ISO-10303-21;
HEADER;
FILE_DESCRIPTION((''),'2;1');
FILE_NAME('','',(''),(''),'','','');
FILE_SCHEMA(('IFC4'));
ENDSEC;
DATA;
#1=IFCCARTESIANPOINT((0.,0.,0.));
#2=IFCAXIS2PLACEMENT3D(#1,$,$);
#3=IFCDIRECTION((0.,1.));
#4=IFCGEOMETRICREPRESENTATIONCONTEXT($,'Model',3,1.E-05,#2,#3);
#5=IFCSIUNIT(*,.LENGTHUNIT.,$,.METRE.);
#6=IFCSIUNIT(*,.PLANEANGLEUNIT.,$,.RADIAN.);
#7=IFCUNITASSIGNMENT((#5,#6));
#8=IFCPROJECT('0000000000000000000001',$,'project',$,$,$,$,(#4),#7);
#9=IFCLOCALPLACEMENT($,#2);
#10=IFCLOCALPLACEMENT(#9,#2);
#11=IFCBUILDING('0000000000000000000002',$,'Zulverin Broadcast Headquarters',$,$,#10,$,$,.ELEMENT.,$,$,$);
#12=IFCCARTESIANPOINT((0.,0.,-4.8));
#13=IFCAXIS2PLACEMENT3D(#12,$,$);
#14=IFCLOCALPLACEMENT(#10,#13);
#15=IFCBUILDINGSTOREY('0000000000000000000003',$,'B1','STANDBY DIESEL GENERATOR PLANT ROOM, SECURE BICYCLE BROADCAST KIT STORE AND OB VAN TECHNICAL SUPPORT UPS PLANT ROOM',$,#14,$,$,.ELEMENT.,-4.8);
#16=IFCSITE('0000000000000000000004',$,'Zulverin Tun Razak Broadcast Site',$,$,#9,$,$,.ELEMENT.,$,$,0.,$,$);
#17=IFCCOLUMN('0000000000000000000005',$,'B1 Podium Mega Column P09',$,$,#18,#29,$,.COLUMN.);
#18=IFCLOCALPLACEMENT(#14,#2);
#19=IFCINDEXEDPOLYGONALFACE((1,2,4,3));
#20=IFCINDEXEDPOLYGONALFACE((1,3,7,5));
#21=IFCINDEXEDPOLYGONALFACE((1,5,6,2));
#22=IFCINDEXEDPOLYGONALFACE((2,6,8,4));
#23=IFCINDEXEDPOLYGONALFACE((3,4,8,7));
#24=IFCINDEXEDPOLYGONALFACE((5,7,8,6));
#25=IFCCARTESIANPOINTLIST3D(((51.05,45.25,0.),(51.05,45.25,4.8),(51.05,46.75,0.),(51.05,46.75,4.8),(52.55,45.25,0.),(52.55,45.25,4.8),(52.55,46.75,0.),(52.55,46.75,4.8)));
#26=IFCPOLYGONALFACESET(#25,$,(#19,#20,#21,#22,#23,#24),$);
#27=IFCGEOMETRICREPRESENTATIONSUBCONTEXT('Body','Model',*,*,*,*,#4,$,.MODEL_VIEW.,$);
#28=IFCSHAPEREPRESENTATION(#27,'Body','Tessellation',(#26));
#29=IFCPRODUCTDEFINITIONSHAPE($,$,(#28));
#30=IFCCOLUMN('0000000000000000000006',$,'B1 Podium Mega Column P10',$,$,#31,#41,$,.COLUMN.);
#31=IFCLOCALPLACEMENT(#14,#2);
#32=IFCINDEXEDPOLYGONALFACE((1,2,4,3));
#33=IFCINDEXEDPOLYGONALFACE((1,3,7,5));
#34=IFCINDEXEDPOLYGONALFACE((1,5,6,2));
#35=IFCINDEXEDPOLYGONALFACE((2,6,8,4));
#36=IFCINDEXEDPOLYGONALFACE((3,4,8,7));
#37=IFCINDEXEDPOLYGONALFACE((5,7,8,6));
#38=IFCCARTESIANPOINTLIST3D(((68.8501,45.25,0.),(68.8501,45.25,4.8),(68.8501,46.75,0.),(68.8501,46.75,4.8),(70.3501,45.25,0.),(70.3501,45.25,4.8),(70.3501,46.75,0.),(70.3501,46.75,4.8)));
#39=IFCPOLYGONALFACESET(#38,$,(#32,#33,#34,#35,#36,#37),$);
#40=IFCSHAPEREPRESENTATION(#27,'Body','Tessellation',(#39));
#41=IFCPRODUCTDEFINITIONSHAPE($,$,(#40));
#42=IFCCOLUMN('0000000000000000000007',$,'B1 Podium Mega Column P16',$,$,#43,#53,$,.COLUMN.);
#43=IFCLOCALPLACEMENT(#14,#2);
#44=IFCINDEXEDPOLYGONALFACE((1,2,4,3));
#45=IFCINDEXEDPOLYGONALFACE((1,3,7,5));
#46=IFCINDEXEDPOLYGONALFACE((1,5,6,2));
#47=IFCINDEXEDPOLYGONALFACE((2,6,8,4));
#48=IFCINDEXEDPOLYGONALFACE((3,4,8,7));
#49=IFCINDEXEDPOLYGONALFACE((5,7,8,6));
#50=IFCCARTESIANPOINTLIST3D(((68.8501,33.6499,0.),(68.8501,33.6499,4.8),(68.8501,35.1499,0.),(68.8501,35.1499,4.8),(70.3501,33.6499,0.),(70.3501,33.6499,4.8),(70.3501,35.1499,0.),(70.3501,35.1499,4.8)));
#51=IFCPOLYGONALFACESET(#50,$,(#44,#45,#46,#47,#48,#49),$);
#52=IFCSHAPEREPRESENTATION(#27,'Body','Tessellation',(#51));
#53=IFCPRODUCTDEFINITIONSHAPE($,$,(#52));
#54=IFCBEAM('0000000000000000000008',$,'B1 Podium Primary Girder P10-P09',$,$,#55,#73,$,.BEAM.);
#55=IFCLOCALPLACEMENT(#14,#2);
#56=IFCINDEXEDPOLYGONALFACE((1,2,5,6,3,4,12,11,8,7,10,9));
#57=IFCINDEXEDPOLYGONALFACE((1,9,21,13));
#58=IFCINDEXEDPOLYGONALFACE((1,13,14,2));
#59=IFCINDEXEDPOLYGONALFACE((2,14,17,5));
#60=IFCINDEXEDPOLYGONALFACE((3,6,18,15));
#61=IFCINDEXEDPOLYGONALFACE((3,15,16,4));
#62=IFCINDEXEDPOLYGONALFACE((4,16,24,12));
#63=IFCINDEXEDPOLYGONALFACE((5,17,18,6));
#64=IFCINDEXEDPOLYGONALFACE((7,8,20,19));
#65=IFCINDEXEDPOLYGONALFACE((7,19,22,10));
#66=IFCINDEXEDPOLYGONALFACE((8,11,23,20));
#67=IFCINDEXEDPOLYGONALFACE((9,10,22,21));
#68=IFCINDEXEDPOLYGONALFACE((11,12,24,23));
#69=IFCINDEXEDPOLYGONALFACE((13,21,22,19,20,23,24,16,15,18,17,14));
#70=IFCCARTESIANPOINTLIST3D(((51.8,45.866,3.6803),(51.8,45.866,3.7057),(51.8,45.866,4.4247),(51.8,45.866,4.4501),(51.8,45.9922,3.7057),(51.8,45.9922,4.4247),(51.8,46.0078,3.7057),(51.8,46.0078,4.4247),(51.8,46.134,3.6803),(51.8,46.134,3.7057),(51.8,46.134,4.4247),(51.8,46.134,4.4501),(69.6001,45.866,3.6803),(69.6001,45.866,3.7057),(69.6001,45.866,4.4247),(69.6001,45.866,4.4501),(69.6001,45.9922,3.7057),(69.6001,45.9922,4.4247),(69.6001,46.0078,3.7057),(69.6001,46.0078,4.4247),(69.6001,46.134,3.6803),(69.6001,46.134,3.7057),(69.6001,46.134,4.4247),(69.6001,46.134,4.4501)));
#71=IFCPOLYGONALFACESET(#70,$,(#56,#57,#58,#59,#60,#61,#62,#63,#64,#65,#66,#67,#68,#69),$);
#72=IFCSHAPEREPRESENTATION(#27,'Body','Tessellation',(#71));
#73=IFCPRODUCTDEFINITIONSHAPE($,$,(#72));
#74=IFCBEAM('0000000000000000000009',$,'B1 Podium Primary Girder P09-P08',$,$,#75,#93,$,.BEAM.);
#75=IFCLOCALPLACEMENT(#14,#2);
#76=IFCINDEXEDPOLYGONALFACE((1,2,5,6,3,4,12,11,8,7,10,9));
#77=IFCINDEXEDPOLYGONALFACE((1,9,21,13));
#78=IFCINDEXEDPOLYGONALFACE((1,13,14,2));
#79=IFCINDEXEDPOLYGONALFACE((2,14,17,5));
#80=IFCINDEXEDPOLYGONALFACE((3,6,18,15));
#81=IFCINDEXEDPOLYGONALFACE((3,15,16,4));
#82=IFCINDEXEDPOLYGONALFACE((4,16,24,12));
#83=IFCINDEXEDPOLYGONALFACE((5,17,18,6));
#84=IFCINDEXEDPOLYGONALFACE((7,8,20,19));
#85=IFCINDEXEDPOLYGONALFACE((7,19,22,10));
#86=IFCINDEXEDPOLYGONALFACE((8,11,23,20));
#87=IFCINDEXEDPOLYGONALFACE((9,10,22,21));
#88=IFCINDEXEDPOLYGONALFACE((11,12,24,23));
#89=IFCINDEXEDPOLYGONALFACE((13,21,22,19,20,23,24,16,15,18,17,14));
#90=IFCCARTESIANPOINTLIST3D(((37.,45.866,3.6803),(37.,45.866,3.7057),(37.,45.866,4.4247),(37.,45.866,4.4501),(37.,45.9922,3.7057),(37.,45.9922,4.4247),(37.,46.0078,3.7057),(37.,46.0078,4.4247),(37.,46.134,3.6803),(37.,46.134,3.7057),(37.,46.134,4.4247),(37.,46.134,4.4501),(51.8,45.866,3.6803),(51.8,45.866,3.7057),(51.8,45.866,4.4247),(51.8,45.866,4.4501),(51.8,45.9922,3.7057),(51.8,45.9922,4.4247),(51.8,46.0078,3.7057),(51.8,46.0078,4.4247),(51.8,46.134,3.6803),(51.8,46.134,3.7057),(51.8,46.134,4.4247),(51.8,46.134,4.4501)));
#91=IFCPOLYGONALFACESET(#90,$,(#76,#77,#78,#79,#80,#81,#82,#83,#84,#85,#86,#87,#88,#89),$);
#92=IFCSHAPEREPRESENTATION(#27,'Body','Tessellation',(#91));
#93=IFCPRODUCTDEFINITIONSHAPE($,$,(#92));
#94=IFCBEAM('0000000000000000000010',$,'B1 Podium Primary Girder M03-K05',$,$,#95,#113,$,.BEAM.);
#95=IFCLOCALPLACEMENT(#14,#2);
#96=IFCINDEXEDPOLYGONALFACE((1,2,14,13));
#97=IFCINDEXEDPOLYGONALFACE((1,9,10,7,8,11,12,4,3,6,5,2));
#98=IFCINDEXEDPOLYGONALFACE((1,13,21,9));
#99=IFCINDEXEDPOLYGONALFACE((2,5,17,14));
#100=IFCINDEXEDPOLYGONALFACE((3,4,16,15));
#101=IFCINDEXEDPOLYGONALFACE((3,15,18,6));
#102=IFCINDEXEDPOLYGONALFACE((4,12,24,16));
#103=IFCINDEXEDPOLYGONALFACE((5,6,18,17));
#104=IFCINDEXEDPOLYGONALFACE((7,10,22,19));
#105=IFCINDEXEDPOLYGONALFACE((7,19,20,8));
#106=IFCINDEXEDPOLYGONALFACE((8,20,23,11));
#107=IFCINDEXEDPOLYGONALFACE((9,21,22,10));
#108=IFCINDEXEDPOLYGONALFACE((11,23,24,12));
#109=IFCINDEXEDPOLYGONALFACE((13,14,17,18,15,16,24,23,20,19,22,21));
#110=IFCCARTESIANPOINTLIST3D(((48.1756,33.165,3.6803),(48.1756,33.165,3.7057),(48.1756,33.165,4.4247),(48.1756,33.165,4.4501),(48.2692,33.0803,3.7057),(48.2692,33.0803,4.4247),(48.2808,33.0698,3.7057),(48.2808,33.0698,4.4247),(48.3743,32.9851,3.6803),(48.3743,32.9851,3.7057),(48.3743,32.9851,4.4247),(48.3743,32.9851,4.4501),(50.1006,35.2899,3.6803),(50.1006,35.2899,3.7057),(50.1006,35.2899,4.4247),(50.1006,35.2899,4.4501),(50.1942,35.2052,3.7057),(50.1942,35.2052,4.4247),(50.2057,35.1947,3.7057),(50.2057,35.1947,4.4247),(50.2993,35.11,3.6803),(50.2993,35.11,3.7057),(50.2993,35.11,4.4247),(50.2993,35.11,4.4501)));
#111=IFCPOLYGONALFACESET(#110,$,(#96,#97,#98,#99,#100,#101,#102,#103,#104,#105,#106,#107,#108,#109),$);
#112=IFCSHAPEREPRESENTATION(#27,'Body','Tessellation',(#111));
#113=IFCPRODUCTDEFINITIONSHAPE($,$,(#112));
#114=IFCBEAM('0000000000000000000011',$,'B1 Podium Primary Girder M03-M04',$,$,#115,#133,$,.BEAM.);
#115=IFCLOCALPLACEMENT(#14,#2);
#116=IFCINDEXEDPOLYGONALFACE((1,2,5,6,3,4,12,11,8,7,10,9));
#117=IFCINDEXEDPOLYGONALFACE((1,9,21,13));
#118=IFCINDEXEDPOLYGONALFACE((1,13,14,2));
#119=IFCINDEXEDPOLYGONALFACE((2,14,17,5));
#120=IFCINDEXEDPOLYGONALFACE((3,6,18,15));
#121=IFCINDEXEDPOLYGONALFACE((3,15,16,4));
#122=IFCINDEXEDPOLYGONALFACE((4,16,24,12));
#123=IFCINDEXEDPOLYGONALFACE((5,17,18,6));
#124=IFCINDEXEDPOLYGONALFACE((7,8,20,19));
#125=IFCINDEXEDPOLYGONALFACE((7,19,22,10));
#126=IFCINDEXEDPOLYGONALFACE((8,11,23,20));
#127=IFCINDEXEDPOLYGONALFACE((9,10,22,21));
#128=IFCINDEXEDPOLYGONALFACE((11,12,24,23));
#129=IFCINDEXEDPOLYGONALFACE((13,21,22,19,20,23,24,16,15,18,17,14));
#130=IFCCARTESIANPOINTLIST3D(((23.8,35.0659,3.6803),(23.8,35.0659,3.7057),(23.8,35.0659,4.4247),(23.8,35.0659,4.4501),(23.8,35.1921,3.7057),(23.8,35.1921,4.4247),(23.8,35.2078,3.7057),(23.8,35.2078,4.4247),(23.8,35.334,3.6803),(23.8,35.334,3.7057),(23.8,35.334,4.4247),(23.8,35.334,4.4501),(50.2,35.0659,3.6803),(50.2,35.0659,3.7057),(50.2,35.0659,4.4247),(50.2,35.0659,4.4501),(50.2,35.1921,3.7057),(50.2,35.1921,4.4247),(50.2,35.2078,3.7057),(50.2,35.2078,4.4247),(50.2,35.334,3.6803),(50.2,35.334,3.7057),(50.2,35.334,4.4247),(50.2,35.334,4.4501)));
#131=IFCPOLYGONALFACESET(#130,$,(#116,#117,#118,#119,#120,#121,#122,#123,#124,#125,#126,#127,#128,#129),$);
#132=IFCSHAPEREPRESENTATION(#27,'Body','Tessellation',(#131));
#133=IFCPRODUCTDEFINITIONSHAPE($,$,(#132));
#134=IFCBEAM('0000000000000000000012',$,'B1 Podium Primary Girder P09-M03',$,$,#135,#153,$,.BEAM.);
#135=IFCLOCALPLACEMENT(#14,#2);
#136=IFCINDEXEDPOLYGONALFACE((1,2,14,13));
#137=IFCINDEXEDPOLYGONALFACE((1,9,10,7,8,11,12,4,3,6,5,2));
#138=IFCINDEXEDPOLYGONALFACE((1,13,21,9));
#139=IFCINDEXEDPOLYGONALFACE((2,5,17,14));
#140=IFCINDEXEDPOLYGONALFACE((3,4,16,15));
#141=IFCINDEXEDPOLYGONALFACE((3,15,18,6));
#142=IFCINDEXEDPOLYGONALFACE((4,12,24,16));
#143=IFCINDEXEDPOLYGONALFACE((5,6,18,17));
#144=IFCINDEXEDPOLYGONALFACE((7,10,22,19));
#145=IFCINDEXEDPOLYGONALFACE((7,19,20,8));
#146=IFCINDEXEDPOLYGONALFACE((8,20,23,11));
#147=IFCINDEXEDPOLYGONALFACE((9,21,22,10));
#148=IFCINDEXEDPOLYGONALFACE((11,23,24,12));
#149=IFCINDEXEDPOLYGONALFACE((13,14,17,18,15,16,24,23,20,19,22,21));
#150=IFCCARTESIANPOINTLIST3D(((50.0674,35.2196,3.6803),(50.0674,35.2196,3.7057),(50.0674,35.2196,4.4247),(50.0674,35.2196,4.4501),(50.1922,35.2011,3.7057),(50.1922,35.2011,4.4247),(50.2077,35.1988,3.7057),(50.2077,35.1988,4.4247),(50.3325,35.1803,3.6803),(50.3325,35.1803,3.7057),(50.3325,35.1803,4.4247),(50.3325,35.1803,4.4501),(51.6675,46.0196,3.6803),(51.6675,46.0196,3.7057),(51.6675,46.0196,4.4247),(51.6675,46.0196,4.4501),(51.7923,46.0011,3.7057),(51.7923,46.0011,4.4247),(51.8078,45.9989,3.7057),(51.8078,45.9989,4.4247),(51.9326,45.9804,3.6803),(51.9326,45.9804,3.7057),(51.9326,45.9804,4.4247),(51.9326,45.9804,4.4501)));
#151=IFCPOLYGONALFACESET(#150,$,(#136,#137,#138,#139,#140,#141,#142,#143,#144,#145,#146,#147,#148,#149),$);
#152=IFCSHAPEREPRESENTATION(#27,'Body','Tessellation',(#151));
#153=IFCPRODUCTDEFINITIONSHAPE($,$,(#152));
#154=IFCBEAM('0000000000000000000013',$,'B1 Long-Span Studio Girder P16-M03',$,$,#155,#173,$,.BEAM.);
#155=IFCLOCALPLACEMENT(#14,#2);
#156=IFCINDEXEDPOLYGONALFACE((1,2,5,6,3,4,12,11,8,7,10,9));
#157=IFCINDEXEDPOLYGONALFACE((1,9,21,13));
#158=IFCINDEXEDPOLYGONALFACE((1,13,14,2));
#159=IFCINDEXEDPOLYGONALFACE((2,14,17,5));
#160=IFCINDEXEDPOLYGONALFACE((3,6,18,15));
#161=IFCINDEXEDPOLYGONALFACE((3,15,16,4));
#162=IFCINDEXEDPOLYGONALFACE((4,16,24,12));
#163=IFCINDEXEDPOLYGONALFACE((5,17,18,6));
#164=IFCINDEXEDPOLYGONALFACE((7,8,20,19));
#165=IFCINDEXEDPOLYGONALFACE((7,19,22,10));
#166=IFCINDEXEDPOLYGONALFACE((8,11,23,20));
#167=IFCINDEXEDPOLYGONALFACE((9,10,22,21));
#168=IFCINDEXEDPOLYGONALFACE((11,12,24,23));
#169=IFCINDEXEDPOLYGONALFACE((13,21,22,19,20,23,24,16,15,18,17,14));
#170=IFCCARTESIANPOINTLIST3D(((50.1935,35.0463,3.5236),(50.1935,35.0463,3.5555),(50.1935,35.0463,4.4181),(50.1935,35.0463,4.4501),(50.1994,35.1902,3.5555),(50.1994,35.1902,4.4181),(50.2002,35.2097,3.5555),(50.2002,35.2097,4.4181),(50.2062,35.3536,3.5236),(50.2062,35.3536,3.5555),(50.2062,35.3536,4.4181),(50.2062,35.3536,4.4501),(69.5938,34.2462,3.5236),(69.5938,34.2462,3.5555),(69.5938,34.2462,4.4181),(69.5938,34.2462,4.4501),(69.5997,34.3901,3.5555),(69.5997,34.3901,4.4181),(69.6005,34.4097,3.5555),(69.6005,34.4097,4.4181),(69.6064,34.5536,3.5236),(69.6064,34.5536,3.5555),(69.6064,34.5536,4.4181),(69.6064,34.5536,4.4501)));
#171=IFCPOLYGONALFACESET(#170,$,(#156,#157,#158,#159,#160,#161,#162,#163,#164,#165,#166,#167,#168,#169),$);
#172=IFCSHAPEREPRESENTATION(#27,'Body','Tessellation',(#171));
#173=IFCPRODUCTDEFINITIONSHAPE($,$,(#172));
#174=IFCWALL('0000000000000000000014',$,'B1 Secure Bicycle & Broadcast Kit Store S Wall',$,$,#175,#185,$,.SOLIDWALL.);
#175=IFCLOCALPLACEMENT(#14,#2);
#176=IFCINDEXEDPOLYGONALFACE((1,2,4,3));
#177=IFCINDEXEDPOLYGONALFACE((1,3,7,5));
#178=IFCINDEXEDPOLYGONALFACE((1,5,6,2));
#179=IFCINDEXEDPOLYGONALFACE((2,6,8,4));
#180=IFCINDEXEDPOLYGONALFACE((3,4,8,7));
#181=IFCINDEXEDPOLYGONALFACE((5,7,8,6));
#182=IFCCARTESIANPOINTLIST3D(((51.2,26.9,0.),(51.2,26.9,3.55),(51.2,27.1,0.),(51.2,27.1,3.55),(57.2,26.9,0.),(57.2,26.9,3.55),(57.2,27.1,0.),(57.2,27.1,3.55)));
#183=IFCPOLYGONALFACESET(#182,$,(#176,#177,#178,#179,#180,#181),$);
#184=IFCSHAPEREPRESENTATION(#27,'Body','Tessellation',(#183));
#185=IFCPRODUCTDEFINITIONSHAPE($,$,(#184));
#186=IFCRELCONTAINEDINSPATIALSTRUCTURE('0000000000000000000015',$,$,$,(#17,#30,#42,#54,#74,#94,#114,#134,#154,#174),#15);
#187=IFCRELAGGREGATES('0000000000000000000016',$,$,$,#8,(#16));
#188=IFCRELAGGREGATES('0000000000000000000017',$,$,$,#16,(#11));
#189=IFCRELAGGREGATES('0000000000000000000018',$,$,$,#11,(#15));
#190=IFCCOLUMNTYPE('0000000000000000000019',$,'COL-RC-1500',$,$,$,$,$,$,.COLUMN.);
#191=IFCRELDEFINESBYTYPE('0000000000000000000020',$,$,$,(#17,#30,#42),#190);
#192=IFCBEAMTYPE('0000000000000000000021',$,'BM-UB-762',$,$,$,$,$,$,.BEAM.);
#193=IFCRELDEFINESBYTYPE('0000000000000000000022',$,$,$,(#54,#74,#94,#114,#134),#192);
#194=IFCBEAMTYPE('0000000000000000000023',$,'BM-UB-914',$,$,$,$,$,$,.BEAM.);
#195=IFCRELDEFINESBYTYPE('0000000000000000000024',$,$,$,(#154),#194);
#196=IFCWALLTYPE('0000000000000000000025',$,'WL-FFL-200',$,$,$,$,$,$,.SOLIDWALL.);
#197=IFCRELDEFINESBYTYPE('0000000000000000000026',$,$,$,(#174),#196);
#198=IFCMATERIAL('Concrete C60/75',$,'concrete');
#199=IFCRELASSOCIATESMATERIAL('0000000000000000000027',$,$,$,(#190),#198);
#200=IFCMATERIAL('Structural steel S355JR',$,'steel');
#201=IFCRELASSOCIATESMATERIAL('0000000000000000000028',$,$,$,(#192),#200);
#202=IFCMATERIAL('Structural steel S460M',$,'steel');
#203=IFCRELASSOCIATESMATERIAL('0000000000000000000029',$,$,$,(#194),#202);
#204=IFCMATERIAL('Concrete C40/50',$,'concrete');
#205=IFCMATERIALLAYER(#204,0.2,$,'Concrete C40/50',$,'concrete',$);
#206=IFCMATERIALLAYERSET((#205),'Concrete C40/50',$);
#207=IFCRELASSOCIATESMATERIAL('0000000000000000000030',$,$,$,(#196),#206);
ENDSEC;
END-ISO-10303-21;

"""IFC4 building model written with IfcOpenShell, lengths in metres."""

from ifc_helpers import new_model, si_unit, direction, frame, frame_2d, origin, origin_2d, place, context, subcontext, project, spatial, rectangle, i_section, extrude, material, layer, layer_set, material_profile, profile_set, type_object, element, save


model = new_model("IFC4")

# Units and contexts
model_context = context("Model", 3, precision=1e-05, world=origin(), true_north=direction((0.0, 1.0)))
body_context = subcontext(model_context, "Body", "Model", "MODEL_VIEW")
ifc_project = project(units=[si_unit("LENGTHUNIT", "METRE"), si_unit("PLANEANGLEUNIT", "RADIAN")], contexts=[model_context])

# Site, building, storey
site_placement = place(None, origin())
site = spatial("IfcSite", under=ifc_project, at=site_placement, Name="Zulverin Tun Razak Broadcast Site", CompositionType="ELEMENT", RefElevation=0.0)
building_placement = place(site_placement, origin())
building = spatial("IfcBuilding", under=site, at=building_placement, Name="Zulverin Broadcast Headquarters", CompositionType="ELEMENT")
storey_placement = place(building_placement, frame((0.0, 0.0, -4.8)))
storey = spatial("IfcBuildingStorey", under=building, at=storey_placement, Name="B1", Description="STANDBY DIESEL GENERATOR PLANT ROOM, SECURE BICYCLE BROADCAST KIT STORE AND OB VAN TECHNICAL SUPPORT UPS PLANT ROOM", CompositionType="ELEMENT", Elevation=-4.8)

# Columns
ifc_material_1 = material(Name="Concrete C60/75", Category="concrete")
ifc_material_profile_1 = material_profile(ifc_material_1, rectangle(XDim=1.5, YDim=1.5, at=origin_2d()), Name="Concrete C60/75", Category="concrete")
ifc_profile_set_1 = profile_set([ifc_material_profile_1], Name="Concrete C60/75")
column_type = type_object("IfcColumnType", Name="COL-RC-1500", PredefinedType="COLUMN", material=ifc_profile_set_1)
for number, where, z_axis, x_axis, name in (
    (1, (51.8, 46.0, 0.0), (0.0, 0.0, 1.0), (1.0, 0.0, 0.0), "B1 Podium Mega Column P09"),
    (2, (69.6001, 46.0, 0.0), (0.0, 0.0, 1.0), (1.0, 0.0, 0.0), "B1 Podium Mega Column P10"),
    (3, (69.6001, 34.3999, 0.0), (0.0, 0.0, 1.0), (1.0, 0.0, 0.0), "B1 Podium Mega Column P16"),
):
    element("IfcColumn", number, at=place(storey_placement, frame(where, z_axis=z_axis, x_axis=x_axis)), inside=storey, type_object=column_type, Name=name, PredefinedType="COLUMN", context=body_context, shape_type="SweptSolid", body=[
        extrude(rectangle(XDim=1.5, YDim=1.5, at=origin_2d()), origin(), (0.0, 0.0, 1.0), 4.8),
    ])

# Beams
ifc_material_2 = material(Name="Structural steel S355JR", Category="steel")
ifc_material_profile_2 = material_profile(ifc_material_2, i_section(OverallWidth=0.2681, OverallDepth=0.7698, WebThickness=0.0156, FlangeThickness=0.0254, at=origin_2d()), Name="Structural steel S355JR", Category="steel")
ifc_profile_set_2 = profile_set([ifc_material_profile_2], Name="Structural steel S355JR")
beam_type_1 = type_object("IfcBeamType", Name="BM-UB-762", PredefinedType="BEAM", material=ifc_profile_set_2)
beam_1_placement = place(storey_placement, frame((69.6001, 46.0, 4.0652), z_axis=(-1.0, 0.0, 0.0), x_axis=(0.0, -1.0, 0.0)))
element("IfcBeam", 4, at=beam_1_placement, inside=storey, type_object=beam_type_1, Name="B1 Podium Primary Girder P10-P09", PredefinedType="BEAM", context=body_context, shape_type="SweptSolid", body=[
    extrude(i_section(OverallWidth=0.2681, OverallDepth=0.7698, WebThickness=0.0156, FlangeThickness=0.0254, at=origin_2d()), origin(), (0.0, 0.0, 1.0), 17.8),
])
beam_2_placement = place(storey_placement, frame((51.8, 46.0, 4.0652), z_axis=(-1.0, 0.0, 0.0), x_axis=(0.0, -1.0, 0.0)))
element("IfcBeam", 5, at=beam_2_placement, inside=storey, type_object=beam_type_1, Name="B1 Podium Primary Girder P09-P08", PredefinedType="BEAM", context=body_context, shape_type="SweptSolid", body=[
    extrude(i_section(OverallWidth=0.2681, OverallDepth=0.7698, WebThickness=0.0156, FlangeThickness=0.0254, at=origin_2d()), origin(), (0.0, 0.0, 1.0), 14.8),
])
beam_3_placement = place(storey_placement, frame((50.2, 35.2, 4.0652), z_axis=(-0.671379, -0.741114, 0.0), x_axis=(0.741114, -0.671379, 0.0)))
element("IfcBeam", 6, at=beam_3_placement, inside=storey, type_object=beam_type_1, Name="B1 Podium Primary Girder M03-K05", PredefinedType="BEAM", context=body_context, shape_type="SweptSolid", body=[
    extrude(i_section(OverallWidth=0.2681, OverallDepth=0.7698, WebThickness=0.0156, FlangeThickness=0.0254, at=origin_2d()), origin(), (0.0, 0.0, 1.0), 2.8672),
])
beam_4_placement = place(storey_placement, frame((50.2, 35.2, 4.0652), z_axis=(-1.0, 0.0, 0.0), x_axis=(0.0, -1.0, 0.0)))
element("IfcBeam", 7, at=beam_4_placement, inside=storey, type_object=beam_type_1, Name="B1 Podium Primary Girder M03-M04", PredefinedType="BEAM", context=body_context, shape_type="SweptSolid", body=[
    extrude(i_section(OverallWidth=0.2681, OverallDepth=0.7698, WebThickness=0.0156, FlangeThickness=0.0254, at=origin_2d()), origin(), (0.0, 0.0, 1.0), 26.3999),
])
beam_5_placement = place(storey_placement, frame((51.8, 46.0, 4.0652), z_axis=(-0.146557, -0.989202, 0.0), x_axis=(0.989202, -0.146557, 0.0)))
element("IfcBeam", 8, at=beam_5_placement, inside=storey, type_object=beam_type_1, Name="B1 Podium Primary Girder P09-M03", PredefinedType="BEAM", context=body_context, shape_type="SweptSolid", body=[
    extrude(i_section(OverallWidth=0.2681, OverallDepth=0.7698, WebThickness=0.0156, FlangeThickness=0.0254, at=origin_2d()), origin(), (0.0, 0.0, 1.0), 10.918),
])
ifc_material_3 = material(Name="Structural steel S460M", Category="steel")
ifc_material_profile_3 = material_profile(ifc_material_3, i_section(OverallWidth=0.3076, OverallDepth=0.9265, WebThickness=0.0195, FlangeThickness=0.032, at=origin_2d()), Name="Structural steel S460M", Category="steel")
ifc_profile_set_3 = profile_set([ifc_material_profile_3], Name="Structural steel S460M")
beam_type_2 = type_object("IfcBeamType", Name="BM-UB-914", PredefinedType="BEAM", material=ifc_profile_set_3)
beam_6_placement = place(storey_placement, frame((69.6001, 34.3999, 3.9868), z_axis=(-0.999151, 0.041204, 0.0), x_axis=(-0.041204, -0.999151, 0.0)))
element("IfcBeam", 9, at=beam_6_placement, inside=storey, type_object=beam_type_2, Name="B1 Long-Span Studio Girder P16-M03", PredefinedType="BEAM", context=body_context, shape_type="SweptSolid", body=[
    extrude(i_section(OverallWidth=0.3076, OverallDepth=0.9265, WebThickness=0.0195, FlangeThickness=0.032, at=origin_2d()), origin(), (0.0, 0.0, 1.0), 19.4167),
])

# Wall
ifc_material_4 = material(Name="Concrete C40/50", Category="concrete")
ifc_layer_1 = layer(ifc_material_4, 0.2, Name="Concrete C40/50", Category="concrete")
ifc_layer_set_1 = layer_set([ifc_layer_1], Name="Concrete C40/50")
wall_type_1 = type_object("IfcWallType", Name="WL-FFL-200", PredefinedType="SOLIDWALL", material=ifc_layer_set_1)
wall_1_placement = place(storey_placement, frame((51.2, 27.0, 0.0), z_axis=(0.0, 0.0, 1.0), x_axis=(1.0, 0.0, 0.0)))
element("IfcWall", 10, at=wall_1_placement, inside=storey, type_object=wall_type_1, Name="B1 Secure Bicycle & Broadcast Kit Store S Wall", PredefinedType="SOLIDWALL", context=body_context, shape_type="SweptSolid", body=[
    extrude(rectangle(XDim=6.0, YDim=0.2, at=frame_2d((3.0, 0.0))), origin(), (0.0, 0.0, 1.0), 3.55),
])

save(model, "model.ifc")
